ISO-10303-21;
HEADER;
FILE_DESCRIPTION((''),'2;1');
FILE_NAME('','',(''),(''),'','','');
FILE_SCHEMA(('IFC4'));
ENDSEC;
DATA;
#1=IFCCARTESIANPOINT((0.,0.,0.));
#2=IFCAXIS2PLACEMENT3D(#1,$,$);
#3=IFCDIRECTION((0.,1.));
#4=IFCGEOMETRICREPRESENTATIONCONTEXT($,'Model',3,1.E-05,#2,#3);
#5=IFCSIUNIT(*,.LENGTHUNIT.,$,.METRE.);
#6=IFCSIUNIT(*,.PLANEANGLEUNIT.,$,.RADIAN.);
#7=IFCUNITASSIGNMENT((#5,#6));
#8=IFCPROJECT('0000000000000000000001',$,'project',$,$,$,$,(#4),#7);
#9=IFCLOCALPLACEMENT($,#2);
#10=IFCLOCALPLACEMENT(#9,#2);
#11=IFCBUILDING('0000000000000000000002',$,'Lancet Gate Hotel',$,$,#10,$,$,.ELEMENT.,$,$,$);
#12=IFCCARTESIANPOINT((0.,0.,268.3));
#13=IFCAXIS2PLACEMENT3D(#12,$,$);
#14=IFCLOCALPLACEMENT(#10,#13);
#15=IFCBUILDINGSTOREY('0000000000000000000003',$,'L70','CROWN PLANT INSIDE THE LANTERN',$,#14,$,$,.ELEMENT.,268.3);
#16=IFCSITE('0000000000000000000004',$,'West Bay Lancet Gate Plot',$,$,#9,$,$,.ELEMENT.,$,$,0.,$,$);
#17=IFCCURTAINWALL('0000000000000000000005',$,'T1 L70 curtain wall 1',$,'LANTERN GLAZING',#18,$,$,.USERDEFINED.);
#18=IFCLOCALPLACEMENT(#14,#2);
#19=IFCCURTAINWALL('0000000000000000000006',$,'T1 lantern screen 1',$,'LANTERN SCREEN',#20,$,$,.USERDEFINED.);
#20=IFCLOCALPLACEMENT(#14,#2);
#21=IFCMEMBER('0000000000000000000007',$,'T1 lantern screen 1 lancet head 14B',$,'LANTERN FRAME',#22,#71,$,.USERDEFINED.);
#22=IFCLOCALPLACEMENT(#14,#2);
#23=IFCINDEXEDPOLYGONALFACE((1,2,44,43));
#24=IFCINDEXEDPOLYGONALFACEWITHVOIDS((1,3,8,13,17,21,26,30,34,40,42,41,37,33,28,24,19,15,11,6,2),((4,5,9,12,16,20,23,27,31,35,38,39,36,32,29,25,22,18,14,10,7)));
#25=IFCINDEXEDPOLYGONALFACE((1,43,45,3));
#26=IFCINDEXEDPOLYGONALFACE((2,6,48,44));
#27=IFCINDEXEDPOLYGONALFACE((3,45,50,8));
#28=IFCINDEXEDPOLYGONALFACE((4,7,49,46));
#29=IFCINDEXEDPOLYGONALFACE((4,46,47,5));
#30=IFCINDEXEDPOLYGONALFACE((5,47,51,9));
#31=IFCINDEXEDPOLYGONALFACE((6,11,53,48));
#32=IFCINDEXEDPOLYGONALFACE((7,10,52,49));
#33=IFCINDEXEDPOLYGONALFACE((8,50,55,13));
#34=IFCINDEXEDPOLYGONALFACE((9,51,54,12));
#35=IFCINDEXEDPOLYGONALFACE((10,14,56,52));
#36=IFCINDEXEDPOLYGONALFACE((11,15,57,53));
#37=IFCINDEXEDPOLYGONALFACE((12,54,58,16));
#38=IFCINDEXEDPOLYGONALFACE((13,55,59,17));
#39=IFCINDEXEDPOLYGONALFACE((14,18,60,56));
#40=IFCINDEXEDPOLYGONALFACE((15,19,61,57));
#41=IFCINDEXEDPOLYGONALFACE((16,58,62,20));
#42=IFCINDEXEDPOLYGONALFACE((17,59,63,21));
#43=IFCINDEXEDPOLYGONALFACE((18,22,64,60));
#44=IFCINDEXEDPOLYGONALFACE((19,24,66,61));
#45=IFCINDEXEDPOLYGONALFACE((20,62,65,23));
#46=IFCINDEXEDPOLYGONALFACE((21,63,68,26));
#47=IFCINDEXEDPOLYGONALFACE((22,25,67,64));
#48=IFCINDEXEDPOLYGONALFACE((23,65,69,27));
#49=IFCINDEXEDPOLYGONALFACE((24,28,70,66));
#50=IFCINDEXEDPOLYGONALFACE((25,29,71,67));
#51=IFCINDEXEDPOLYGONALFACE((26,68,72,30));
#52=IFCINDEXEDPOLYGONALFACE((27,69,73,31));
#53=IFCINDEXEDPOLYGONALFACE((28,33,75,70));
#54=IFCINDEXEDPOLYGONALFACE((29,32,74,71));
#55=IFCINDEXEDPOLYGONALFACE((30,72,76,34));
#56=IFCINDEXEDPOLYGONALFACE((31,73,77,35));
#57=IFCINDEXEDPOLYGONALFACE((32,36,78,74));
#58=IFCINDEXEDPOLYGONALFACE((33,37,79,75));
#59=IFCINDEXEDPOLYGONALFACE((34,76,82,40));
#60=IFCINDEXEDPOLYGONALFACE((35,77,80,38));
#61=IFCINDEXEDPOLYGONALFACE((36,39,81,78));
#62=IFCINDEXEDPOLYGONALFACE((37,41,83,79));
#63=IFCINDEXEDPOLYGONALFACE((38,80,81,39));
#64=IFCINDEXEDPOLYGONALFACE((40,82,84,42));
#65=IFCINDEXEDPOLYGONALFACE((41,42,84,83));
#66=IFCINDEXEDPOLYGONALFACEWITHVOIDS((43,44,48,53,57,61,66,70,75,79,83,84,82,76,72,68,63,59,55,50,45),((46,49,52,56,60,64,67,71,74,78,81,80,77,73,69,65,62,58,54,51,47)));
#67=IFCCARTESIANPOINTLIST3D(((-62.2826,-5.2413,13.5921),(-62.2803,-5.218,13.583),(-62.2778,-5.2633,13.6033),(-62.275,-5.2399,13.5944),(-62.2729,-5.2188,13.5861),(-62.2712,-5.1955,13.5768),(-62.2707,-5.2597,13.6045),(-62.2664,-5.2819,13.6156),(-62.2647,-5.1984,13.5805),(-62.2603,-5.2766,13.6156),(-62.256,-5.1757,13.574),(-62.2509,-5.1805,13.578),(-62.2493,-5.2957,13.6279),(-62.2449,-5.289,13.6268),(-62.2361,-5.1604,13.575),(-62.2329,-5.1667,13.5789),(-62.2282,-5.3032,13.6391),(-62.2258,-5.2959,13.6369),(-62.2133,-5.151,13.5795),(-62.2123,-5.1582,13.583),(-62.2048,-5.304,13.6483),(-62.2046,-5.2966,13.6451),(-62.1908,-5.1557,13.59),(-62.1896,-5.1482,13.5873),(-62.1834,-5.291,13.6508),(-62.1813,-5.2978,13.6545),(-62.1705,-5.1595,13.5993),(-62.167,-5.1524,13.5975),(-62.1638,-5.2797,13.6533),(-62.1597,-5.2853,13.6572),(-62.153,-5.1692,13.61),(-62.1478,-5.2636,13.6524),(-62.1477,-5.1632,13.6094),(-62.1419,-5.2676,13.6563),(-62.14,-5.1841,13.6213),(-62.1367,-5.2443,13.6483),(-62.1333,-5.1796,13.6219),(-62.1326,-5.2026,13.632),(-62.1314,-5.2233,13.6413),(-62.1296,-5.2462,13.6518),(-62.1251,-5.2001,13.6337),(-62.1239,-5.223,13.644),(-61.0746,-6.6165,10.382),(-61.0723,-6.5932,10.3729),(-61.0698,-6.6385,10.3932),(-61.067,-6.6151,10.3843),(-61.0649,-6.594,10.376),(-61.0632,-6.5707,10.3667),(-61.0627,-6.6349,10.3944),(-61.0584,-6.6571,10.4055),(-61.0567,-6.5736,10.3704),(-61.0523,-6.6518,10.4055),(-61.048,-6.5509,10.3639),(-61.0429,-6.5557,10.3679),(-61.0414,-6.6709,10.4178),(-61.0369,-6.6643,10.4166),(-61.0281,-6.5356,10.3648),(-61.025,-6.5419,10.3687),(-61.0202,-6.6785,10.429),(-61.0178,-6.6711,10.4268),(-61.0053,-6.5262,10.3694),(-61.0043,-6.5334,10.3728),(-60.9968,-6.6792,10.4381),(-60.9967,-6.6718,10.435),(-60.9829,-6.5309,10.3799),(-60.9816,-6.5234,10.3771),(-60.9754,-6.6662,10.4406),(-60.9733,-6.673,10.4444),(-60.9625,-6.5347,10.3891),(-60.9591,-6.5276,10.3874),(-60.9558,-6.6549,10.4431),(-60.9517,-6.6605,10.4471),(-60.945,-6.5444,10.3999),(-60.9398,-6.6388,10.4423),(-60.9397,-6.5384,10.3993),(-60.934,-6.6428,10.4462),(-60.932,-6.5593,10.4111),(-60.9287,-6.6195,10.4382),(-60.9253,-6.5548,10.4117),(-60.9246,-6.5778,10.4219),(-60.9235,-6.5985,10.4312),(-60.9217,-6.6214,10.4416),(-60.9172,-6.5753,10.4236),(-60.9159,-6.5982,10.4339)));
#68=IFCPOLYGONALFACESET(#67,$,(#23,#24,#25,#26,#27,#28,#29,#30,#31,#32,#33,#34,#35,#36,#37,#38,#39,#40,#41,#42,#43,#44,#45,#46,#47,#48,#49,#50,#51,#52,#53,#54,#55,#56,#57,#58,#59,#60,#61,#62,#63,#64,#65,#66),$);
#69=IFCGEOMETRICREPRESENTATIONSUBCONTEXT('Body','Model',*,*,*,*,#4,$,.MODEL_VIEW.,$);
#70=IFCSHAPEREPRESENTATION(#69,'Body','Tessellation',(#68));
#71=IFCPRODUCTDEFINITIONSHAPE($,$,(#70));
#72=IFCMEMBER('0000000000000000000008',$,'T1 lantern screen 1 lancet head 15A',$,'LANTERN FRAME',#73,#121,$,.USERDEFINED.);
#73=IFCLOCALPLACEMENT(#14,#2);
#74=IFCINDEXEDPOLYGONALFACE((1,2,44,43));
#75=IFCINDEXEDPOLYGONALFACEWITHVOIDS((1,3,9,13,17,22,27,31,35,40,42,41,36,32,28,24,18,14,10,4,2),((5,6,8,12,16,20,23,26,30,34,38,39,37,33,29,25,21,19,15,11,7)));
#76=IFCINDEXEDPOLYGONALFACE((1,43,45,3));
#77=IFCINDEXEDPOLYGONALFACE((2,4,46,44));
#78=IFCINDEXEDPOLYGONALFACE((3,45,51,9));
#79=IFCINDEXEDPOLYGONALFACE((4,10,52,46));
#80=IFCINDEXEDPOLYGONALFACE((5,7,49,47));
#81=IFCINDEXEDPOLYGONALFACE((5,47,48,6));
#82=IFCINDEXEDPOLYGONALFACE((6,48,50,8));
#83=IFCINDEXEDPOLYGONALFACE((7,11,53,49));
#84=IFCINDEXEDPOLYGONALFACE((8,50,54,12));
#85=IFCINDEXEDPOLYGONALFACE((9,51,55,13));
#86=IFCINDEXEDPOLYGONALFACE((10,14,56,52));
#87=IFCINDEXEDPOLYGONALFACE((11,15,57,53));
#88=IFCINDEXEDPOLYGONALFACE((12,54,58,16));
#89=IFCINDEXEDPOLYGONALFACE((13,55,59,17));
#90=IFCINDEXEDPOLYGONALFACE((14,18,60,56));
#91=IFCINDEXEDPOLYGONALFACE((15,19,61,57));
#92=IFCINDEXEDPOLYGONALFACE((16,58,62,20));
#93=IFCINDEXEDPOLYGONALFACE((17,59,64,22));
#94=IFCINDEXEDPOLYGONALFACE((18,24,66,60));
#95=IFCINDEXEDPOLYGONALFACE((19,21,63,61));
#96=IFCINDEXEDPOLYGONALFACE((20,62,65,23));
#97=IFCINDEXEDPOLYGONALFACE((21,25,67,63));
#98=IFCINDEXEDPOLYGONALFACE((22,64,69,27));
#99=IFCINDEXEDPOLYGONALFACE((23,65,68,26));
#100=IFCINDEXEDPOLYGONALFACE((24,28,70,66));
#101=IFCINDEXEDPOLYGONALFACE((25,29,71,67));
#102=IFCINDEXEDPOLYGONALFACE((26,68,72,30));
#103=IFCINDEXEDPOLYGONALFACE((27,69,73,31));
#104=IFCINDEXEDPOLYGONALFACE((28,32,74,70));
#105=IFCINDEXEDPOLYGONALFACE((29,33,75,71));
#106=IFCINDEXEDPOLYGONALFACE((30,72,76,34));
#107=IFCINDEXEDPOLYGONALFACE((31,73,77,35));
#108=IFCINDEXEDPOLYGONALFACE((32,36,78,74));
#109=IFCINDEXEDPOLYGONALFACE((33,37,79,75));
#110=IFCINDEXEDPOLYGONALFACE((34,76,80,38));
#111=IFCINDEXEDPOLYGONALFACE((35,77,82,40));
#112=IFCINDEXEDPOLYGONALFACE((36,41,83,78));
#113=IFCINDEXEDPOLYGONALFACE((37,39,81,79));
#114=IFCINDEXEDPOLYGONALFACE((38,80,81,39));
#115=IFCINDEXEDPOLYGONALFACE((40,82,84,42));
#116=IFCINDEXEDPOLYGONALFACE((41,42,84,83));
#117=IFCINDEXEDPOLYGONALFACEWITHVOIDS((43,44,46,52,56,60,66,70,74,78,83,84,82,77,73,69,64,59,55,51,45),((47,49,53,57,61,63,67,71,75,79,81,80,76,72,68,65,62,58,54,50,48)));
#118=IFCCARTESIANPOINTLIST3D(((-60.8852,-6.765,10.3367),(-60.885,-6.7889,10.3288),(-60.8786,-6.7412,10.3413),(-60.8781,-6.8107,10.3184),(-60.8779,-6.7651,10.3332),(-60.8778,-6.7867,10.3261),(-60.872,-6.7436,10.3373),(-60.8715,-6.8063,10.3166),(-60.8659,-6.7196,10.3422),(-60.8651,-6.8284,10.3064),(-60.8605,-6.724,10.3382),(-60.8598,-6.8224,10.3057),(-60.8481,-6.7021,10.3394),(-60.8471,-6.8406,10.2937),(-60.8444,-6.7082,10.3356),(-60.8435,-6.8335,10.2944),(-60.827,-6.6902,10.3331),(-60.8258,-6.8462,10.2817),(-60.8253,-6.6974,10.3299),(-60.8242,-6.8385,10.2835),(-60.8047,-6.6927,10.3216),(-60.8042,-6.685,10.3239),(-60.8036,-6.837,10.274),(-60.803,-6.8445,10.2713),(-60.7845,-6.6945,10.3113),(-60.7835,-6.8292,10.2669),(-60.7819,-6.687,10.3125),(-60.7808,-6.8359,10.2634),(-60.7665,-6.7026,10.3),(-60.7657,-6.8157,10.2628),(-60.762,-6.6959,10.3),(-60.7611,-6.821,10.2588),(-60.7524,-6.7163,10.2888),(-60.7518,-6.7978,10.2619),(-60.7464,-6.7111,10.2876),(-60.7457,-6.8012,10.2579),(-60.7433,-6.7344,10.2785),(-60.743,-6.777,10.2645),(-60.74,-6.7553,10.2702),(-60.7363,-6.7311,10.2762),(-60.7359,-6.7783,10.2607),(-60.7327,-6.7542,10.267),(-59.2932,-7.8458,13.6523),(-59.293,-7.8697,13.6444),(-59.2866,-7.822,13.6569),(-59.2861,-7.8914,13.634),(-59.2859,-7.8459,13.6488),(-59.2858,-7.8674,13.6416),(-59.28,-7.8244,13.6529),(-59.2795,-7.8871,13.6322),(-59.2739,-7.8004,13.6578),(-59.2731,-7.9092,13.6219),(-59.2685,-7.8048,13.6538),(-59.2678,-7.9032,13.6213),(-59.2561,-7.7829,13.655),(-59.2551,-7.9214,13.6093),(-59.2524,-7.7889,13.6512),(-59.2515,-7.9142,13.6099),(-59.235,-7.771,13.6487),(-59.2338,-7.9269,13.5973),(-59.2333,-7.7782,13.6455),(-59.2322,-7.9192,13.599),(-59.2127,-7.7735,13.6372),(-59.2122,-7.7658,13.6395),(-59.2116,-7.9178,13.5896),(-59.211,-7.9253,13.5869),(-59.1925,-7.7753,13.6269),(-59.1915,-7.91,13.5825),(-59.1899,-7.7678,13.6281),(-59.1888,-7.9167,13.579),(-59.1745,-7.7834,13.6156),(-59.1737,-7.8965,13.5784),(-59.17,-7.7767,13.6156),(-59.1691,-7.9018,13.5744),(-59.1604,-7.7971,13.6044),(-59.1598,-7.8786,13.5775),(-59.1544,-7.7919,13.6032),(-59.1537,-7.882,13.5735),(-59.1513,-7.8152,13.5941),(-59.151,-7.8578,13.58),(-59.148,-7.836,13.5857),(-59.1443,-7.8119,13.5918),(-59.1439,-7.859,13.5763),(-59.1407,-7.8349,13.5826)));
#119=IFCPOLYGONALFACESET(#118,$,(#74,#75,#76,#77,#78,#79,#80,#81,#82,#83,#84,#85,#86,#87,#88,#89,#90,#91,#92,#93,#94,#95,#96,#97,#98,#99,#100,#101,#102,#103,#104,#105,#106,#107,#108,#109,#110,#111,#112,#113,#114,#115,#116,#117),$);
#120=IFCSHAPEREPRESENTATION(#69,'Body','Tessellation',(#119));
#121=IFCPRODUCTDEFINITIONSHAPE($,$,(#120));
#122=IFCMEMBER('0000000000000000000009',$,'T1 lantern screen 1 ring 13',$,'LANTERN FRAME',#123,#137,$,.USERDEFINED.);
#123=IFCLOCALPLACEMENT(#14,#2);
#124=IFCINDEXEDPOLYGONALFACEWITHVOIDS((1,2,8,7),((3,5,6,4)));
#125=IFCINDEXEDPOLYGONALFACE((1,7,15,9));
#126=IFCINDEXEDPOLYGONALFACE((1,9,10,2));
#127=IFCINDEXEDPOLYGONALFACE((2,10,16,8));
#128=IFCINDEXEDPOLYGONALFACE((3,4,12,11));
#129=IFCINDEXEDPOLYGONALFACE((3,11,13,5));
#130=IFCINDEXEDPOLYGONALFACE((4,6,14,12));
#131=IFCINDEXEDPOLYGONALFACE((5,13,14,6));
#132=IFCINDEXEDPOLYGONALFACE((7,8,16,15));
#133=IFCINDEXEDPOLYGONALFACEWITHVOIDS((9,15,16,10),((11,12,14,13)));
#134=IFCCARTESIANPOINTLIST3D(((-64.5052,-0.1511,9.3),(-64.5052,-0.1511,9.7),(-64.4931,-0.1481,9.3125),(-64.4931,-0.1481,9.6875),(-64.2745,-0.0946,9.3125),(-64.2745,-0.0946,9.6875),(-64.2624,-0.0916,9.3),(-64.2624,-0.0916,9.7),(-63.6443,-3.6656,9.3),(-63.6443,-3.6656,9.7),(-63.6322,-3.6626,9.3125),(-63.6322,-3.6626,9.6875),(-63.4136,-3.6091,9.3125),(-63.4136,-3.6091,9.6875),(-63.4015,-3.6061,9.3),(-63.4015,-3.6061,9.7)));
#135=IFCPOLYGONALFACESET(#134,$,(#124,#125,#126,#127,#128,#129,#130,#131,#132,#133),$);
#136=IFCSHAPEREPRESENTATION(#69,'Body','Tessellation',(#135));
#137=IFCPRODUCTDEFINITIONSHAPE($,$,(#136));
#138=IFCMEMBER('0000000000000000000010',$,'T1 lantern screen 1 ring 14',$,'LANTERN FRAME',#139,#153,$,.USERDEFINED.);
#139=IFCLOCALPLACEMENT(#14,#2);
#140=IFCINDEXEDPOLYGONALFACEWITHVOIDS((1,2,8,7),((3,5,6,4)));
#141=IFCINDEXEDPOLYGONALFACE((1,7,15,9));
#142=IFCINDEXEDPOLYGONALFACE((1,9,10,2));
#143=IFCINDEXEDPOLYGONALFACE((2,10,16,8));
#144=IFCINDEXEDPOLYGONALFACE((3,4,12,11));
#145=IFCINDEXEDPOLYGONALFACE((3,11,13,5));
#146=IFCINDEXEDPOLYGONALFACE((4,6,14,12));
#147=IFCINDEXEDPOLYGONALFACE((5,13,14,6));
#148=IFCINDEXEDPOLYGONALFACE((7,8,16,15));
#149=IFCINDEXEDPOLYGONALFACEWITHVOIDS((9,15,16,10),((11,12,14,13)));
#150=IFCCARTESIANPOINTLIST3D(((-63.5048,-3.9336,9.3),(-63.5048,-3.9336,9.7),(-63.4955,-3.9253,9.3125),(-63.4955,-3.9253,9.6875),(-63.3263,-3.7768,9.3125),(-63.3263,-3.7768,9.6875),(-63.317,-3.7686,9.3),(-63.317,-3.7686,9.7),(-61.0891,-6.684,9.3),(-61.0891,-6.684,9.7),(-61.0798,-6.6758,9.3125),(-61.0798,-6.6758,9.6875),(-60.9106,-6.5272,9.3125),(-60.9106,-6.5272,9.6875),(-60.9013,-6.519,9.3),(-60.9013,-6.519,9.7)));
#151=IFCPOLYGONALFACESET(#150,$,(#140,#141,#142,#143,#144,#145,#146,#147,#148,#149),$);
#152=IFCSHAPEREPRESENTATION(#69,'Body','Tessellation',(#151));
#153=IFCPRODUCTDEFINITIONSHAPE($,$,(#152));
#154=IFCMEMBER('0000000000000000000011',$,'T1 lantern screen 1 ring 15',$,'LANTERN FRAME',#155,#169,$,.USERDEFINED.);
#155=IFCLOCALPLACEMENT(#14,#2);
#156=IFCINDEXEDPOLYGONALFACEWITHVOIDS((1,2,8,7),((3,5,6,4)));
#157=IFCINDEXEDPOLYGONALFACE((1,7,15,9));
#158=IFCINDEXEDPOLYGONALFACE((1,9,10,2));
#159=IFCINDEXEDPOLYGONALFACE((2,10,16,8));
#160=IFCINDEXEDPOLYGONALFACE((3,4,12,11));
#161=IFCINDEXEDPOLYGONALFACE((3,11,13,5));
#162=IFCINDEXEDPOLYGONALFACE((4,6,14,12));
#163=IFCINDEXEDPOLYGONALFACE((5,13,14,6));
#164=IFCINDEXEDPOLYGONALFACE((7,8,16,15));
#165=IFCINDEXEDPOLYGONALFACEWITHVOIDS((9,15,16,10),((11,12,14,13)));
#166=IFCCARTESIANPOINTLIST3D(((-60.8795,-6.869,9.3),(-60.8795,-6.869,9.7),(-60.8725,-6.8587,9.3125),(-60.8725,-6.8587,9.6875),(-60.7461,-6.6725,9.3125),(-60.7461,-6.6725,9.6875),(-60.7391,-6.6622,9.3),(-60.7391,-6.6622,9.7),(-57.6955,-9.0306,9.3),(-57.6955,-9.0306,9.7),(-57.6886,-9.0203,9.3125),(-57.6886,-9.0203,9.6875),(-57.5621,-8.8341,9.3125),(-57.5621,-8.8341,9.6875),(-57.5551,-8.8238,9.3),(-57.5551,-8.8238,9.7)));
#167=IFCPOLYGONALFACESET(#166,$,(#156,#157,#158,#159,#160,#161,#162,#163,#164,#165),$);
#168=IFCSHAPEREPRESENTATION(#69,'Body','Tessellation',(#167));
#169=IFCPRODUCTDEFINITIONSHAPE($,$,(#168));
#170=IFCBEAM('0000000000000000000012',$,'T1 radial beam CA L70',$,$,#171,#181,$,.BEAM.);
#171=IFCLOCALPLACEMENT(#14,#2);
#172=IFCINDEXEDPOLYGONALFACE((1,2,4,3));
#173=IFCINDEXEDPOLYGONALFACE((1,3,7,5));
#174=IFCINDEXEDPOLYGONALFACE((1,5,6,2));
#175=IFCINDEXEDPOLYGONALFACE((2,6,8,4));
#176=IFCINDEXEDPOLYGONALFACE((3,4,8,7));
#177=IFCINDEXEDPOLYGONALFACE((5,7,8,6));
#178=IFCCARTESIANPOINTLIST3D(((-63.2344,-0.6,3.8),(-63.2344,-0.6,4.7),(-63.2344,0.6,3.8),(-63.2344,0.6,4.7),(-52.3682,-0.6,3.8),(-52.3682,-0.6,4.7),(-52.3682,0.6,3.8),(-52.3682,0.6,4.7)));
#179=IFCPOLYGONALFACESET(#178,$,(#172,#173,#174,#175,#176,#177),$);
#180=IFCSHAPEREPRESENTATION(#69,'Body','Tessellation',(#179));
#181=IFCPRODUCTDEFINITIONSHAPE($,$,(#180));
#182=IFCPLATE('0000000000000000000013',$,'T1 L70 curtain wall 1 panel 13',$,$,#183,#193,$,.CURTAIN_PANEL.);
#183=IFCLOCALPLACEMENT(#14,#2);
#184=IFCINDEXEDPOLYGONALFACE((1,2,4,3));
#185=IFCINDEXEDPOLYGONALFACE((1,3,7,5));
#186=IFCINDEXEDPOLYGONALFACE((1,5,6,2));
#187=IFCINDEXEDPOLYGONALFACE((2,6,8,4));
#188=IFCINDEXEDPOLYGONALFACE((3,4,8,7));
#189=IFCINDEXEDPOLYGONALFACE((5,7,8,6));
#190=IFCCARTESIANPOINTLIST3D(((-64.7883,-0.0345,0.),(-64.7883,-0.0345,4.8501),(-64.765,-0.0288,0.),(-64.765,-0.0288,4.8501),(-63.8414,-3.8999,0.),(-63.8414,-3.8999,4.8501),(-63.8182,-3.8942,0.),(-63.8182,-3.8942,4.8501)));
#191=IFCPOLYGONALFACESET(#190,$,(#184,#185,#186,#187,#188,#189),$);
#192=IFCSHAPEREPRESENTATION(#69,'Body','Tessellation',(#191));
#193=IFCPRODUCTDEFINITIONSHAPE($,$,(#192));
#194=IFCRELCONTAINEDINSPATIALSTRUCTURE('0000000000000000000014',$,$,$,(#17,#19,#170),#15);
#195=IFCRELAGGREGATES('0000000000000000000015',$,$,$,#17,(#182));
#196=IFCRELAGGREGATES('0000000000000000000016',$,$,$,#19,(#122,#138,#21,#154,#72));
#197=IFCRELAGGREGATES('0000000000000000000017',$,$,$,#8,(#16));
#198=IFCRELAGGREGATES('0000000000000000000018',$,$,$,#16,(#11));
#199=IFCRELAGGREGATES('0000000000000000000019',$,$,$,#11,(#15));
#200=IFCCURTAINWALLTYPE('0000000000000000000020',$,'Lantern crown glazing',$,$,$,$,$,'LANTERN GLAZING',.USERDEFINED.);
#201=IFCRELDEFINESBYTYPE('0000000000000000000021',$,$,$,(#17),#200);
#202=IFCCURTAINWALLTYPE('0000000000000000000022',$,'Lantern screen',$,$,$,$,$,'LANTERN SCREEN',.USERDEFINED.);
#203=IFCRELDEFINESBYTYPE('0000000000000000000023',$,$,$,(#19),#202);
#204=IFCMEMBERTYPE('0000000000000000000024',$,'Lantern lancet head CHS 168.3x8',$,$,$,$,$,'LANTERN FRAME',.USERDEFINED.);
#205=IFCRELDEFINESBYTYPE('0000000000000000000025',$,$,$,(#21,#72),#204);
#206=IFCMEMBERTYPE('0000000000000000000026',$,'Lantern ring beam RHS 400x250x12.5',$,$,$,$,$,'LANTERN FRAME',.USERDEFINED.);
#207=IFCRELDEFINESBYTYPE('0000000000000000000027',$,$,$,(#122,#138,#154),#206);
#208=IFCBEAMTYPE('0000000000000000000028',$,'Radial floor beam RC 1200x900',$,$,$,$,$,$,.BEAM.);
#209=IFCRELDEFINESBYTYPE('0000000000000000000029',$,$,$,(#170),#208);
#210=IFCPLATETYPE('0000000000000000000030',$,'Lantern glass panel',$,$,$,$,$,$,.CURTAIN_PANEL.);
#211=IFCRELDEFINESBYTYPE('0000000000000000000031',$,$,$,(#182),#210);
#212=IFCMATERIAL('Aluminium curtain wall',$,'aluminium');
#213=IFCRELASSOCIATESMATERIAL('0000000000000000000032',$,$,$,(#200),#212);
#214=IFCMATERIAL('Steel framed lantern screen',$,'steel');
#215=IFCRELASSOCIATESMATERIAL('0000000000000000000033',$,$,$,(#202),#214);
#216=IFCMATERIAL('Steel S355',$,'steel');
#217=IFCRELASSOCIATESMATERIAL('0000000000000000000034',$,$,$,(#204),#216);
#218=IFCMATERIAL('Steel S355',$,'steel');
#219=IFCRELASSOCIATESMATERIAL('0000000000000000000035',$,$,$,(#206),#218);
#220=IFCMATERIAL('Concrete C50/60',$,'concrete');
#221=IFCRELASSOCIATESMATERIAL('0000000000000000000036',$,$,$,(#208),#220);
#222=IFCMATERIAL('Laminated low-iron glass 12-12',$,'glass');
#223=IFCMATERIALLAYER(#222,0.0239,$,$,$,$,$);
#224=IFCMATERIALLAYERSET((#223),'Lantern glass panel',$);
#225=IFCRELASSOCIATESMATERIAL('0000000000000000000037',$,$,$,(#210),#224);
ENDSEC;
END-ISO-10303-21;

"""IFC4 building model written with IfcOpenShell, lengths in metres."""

from ifc_helpers import new_model, si_unit, direction, frame, origin, origin_2d, place, context, subcontext, project, spatial, rectangle, hollow_rectangle, hollow_circle, extrude, material, layer, layer_set, material_profile, profile_set, type_object, element, aggregate, save


model = new_model("IFC4")

# Units and contexts
model_context = context("Model", 3, precision=1e-05, world=origin(), true_north=direction((0.0, 1.0)))
body_context = subcontext(model_context, "Body", "Model", "MODEL_VIEW")
ifc_project = project(units=[si_unit("LENGTHUNIT", "METRE"), si_unit("PLANEANGLEUNIT", "RADIAN")], contexts=[model_context])

# Site, building, storey
site_placement = place(None, origin())
site = spatial("IfcSite", under=ifc_project, at=site_placement, Name="West Bay Lancet Gate Plot", CompositionType="ELEMENT", RefElevation=0.0)
building_placement = place(site_placement, origin())
building = spatial("IfcBuilding", under=site, at=building_placement, Name="Lancet Gate Hotel", CompositionType="ELEMENT")
storey_placement = place(building_placement, frame((0.0, 0.0, 268.3)))
storey = spatial("IfcBuildingStorey", under=building, at=storey_placement, Name="L70", Description="CROWN PLANT INSIDE THE LANTERN", CompositionType="ELEMENT", Elevation=268.3)

# Curtain wall
ifc_material_1 = material(Name="Aluminium curtain wall", Category="aluminium")
curtain_wall_type_1 = type_object("IfcCurtainWallType", Name="Lantern crown glazing", ElementType="LANTERN GLAZING", PredefinedType="USERDEFINED", material=ifc_material_1)
curtain_wall_1_placement = place(storey_placement, origin())
curtain_wall_1 = element("IfcCurtainWall", 1, at=curtain_wall_1_placement, inside=storey, type_object=curtain_wall_type_1, Name="T1 L70 curtain wall 1", ObjectType="LANTERN GLAZING", PredefinedType="USERDEFINED")

# Curtain wall, members
ifc_material_2 = material(Name="Steel framed lantern screen", Category="steel")
curtain_wall_type_2 = type_object("IfcCurtainWallType", Name="Lantern screen", ElementType="LANTERN SCREEN", PredefinedType="USERDEFINED", material=ifc_material_2)
curtain_wall_2_placement = place(storey_placement, origin())
curtain_wall_2 = element("IfcCurtainWall", 2, at=curtain_wall_2_placement, inside=storey, type_object=curtain_wall_type_2, Name="T1 lantern screen 1", ObjectType="LANTERN SCREEN", PredefinedType="USERDEFINED")
ifc_material_3 = material(Name="Steel S355", Category="steel")
ifc_material_profile_1 = material_profile(ifc_material_3, hollow_circle(Radius=0.0842, WallThickness=0.0081, at=origin_2d()), Name="CHS 168.3x8.0")
ifc_profile_set_1 = profile_set([ifc_material_profile_1], Name="Steel S355")
member_type_1 = type_object("IfcMemberType", Name="Lantern lancet head CHS 168.3x8", ElementType="LANTERN FRAME", PredefinedType="USERDEFINED", material=ifc_profile_set_1)
member_1_placement = place(storey_placement, frame((-60.9951, -6.6016, 10.4055), z_axis=(-0.326895, 0.37215, 0.868703), x_axis=(-0.751311, -0.659948, 0.0)))
member_1 = element("IfcMember", 3, at=member_1_placement, type_object=member_type_1, Name="T1 lantern screen 1 lancet head 14B", ObjectType="LANTERN FRAME", PredefinedType="USERDEFINED", context=body_context, shape_type="SweptSolid", body=[
    extrude(hollow_circle(Radius=0.0842, WallThickness=0.0081, at=origin_2d()), origin(), (0.0, 0.0, 1.0), 3.6953),
])
member_2_placement = place(storey_placement, frame((-60.8093, -6.7656, 10.3), z_axis=(0.415287, -0.281931, 0.8649), x_axis=(0.561678, 0.827356, 0.0)))
member_2 = element("IfcMember", 4, at=member_2_placement, type_object=member_type_1, Name="T1 lantern screen 1 lancet head 15A", ObjectType="LANTERN FRAME", PredefinedType="USERDEFINED", context=body_context, shape_type="SweptSolid", body=[
    extrude(hollow_circle(Radius=0.0842, WallThickness=0.0081, at=origin_2d()), origin(), (0.0, 0.0, 1.0), 3.8335),
])
ifc_material_4 = material(Name="Steel S355", Category="steel")
ifc_material_profile_2 = material_profile(ifc_material_4, hollow_rectangle(XDim=0.25, YDim=0.3999, WallThickness=0.0125, at=origin_2d()), Name="RHS 400x250x12.5")
ifc_profile_set_2 = profile_set([ifc_material_profile_2], Name="Steel S355")
member_type_2 = type_object("IfcMemberType", Name="Lantern ring beam RHS 400x250x12.5", ElementType="LANTERN FRAME", PredefinedType="USERDEFINED", material=ifc_profile_set_2)
member_3_placement = place(storey_placement, frame((-64.3838, -0.1213, 9.5), z_axis=(0.237913, -0.971286, 0.0), x_axis=(0.971286, 0.237913, 0.0)))
member_3 = element("IfcMember", 5, at=member_3_placement, type_object=member_type_2, Name="T1 lantern screen 1 ring 13", ObjectType="LANTERN FRAME", PredefinedType="USERDEFINED", context=body_context, shape_type="SweptSolid", body=[
    extrude(hollow_rectangle(XDim=0.25, YDim=0.3999, WallThickness=0.0125, at=origin_2d()), origin(), (0.0, 0.0, 1.0), 3.6184),
])
member_4_placement = place(storey_placement, frame((-63.4109, -3.8511, 9.5), z_axis=(0.65991, -0.751344, 0.0), x_axis=(0.751344, 0.65991, 0.0)))
member_4 = element("IfcMember", 6, at=member_4_placement, type_object=member_type_2, Name="T1 lantern screen 1 ring 14", ObjectType="LANTERN FRAME", PredefinedType="USERDEFINED", context=body_context, shape_type="SweptSolid", body=[
    extrude(hollow_rectangle(XDim=0.25, YDim=0.3999, WallThickness=0.0125, at=origin_2d()), origin(), (0.0, 0.0, 1.0), 3.6606),
])
member_5_placement = place(storey_placement, frame((-60.8093, -6.7656, 9.5), z_axis=(0.827356, -0.561678, 0.0), x_axis=(0.561678, 0.827356, 0.0)))
member_5 = element("IfcMember", 7, at=member_5_placement, type_object=member_type_2, Name="T1 lantern screen 1 ring 15", ObjectType="LANTERN FRAME", PredefinedType="USERDEFINED", context=body_context, shape_type="SweptSolid", body=[
    extrude(hollow_rectangle(XDim=0.25, YDim=0.3999, WallThickness=0.0125, at=origin_2d()), origin(), (0.0, 0.0, 1.0), 3.8484),
])

# Beam
ifc_material_5 = material(Name="Concrete C50/60", Category="concrete")
ifc_material_profile_3 = material_profile(ifc_material_5, rectangle(XDim=1.2, YDim=0.8999, at=origin_2d()), Name="RC 1200x900")
ifc_profile_set_3 = profile_set([ifc_material_profile_3], Name="Concrete C50/60")
beam_type_1 = type_object("IfcBeamType", Name="Radial floor beam RC 1200x900", PredefinedType="BEAM", material=ifc_profile_set_3)
beam_1_placement = place(storey_placement, frame((-63.2344, 0.0, 4.25), z_axis=(1.0, 0.0, 0.0), x_axis=(0.0, 1.0, 0.0)))
element("IfcBeam", 8, at=beam_1_placement, inside=storey, type_object=beam_type_1, Name="T1 radial beam CA L70", PredefinedType="BEAM", context=body_context, shape_type="SweptSolid", body=[
    extrude(rectangle(XDim=1.2, YDim=0.8999, at=origin_2d()), origin(), (0.0, 0.0, 1.0), 10.8662),
])

# Plate
ifc_material_6 = material(Name="Laminated low-iron glass 12-12", Category="glass")
ifc_layer_1 = layer(ifc_material_6, 0.0239)
ifc_layer_set_1 = layer_set([ifc_layer_1], Name="Lantern glass panel")
plate_type_1 = type_object("IfcPlateType", Name="Lantern glass panel", PredefinedType="CURTAIN_PANEL", material=ifc_layer_set_1)
plate_1_placement = place(storey_placement, frame((-64.3032, -1.9644, 0.0), z_axis=(0.0, 0.0, 1.0), x_axis=(0.237921, -0.971285, 0.0)))
plate_1 = element("IfcPlate", 9, at=plate_1_placement, type_object=plate_type_1, Name="T1 L70 curtain wall 1 panel 13", PredefinedType="CURTAIN_PANEL", context=body_context, shape_type="SweptSolid", body=[
    extrude(rectangle(XDim=3.9797, YDim=0.0239, at=origin_2d()), origin(), (0.0, 0.0, 1.0), 4.8501),
])
aggregate(curtain_wall_1, [plate_1])
aggregate(curtain_wall_2, [member_3, member_4, member_1, member_5, member_2])

save(model, "model.ifc")
